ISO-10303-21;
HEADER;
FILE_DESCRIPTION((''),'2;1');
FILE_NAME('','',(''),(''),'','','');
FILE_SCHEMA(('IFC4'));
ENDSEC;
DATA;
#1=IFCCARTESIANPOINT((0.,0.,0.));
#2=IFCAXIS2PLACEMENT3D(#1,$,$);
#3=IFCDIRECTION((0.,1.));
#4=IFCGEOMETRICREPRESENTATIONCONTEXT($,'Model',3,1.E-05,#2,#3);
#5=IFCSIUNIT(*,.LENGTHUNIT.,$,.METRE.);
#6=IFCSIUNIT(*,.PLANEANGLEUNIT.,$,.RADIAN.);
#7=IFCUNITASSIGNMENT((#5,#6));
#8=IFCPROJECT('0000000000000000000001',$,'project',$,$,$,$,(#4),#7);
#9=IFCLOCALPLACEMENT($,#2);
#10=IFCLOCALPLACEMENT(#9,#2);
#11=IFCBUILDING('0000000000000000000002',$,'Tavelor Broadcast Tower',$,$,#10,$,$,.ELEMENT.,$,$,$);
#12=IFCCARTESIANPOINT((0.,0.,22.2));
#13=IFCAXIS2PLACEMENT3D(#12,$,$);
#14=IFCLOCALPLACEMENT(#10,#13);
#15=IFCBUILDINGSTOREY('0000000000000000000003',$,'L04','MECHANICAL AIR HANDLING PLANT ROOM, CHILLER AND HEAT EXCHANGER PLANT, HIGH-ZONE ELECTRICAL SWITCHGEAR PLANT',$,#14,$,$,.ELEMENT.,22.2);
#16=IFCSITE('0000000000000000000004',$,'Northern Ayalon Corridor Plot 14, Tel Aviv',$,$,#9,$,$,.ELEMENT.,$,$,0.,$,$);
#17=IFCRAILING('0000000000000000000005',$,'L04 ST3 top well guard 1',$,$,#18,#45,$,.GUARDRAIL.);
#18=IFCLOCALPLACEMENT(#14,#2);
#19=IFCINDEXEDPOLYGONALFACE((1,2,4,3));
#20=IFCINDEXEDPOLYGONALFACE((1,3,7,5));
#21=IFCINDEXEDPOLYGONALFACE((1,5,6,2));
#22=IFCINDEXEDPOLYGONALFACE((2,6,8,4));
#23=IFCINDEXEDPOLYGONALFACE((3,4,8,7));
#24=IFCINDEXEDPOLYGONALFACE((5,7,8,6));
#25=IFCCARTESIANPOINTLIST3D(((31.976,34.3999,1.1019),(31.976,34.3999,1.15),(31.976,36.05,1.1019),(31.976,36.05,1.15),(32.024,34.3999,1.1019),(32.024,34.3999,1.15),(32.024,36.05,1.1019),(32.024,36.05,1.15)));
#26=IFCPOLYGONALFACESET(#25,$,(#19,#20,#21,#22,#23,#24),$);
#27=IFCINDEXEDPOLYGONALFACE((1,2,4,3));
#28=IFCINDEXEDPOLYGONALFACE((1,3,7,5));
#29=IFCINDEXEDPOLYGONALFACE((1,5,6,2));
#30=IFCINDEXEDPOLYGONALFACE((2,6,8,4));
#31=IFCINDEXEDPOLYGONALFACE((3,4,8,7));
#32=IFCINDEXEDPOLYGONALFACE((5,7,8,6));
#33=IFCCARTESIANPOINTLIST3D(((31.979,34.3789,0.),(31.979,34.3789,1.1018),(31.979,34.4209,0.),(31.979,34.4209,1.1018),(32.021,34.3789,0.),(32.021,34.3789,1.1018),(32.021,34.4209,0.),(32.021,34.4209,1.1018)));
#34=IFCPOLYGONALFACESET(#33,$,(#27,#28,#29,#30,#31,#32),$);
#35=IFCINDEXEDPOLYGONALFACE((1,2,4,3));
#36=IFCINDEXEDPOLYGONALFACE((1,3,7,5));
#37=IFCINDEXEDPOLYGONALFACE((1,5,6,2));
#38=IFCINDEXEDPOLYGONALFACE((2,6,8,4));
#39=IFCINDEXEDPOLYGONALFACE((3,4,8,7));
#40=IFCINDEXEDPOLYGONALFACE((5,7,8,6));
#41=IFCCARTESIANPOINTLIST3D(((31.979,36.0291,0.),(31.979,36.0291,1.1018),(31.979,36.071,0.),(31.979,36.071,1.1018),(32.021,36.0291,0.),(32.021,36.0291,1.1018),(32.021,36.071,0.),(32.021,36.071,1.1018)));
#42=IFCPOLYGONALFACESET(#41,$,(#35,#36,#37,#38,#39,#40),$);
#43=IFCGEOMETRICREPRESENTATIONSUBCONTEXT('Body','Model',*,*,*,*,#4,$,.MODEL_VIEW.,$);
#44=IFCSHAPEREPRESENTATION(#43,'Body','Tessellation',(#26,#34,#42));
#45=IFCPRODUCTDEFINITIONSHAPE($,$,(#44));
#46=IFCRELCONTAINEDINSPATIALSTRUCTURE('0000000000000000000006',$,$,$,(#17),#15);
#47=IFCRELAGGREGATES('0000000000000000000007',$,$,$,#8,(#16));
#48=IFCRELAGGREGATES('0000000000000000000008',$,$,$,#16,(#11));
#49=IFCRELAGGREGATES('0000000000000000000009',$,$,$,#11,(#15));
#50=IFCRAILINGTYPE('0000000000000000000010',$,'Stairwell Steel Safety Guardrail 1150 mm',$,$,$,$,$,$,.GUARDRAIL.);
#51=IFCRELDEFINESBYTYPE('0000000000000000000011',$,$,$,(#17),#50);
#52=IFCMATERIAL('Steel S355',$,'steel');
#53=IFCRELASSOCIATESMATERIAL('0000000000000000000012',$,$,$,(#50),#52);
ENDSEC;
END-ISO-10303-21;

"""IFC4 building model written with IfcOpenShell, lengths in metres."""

from ifc_helpers import new_model, si_unit, direction, frame, origin, origin_2d, place, context, subcontext, project, spatial, rectangle, extrude, material, type_object, element, save


model = new_model("IFC4")

# Units and contexts
model_context = context("Model", 3, precision=1e-05, world=origin(), true_north=direction((0.0, 1.0)))
body_context = subcontext(model_context, "Body", "Model", "MODEL_VIEW")
ifc_project = project(units=[si_unit("LENGTHUNIT", "METRE"), si_unit("PLANEANGLEUNIT", "RADIAN")], contexts=[model_context])

# Site, building, storey
site_placement = place(None, origin())
site = spatial("IfcSite", under=ifc_project, at=site_placement, Name="Northern Ayalon Corridor Plot 14, Tel Aviv", CompositionType="ELEMENT", RefElevation=0.0)
building_placement = place(site_placement, origin())
building = spatial("IfcBuilding", under=site, at=building_placement, Name="Tavelor Broadcast Tower", CompositionType="ELEMENT")
storey_placement = place(building_placement, frame((0.0, 0.0, 22.2)))
storey = spatial("IfcBuildingStorey", under=building, at=storey_placement, Name="L04", Description="MECHANICAL AIR HANDLING PLANT ROOM, CHILLER AND HEAT EXCHANGER PLANT, HIGH-ZONE ELECTRICAL SWITCHGEAR PLANT", CompositionType="ELEMENT", Elevation=22.2)

# Shared definitions
ifc_material_1 = material(Name="Steel S355", Category="steel")

# Railing
railing_type_1 = type_object("IfcRailingType", Name="Stairwell Steel Safety Guardrail 1150 mm", PredefinedType="GUARDRAIL", material=ifc_material_1)
railing_1_placement = place(storey_placement, frame((32.0, 34.3999, 0.0)))
element("IfcRailing", 1, at=railing_1_placement, inside=storey, type_object=railing_type_1, Name="L04 ST3 top well guard 1", PredefinedType="GUARDRAIL", context=body_context, shape_type="SweptSolid", body=[
    extrude(rectangle(XDim=0.0481, YDim=0.0481, at=origin_2d()), frame((0.0, 0.0, 1.126), z_axis=(0.0, 1.0, 0.0), x_axis=(-1.0, 0.0, 0.0)), (0.0, 0.0, 1.0), 1.6501),
    extrude(rectangle(XDim=0.042, YDim=0.042, at=origin_2d()), origin(), (0.0, 0.0, 1.0), 1.1018),
    extrude(rectangle(XDim=0.042, YDim=0.042, at=origin_2d()), frame((0.0, 1.6501, 0.0)), (0.0, 0.0, 1.0), 1.1018),
])

save(model, "model.ifc")
